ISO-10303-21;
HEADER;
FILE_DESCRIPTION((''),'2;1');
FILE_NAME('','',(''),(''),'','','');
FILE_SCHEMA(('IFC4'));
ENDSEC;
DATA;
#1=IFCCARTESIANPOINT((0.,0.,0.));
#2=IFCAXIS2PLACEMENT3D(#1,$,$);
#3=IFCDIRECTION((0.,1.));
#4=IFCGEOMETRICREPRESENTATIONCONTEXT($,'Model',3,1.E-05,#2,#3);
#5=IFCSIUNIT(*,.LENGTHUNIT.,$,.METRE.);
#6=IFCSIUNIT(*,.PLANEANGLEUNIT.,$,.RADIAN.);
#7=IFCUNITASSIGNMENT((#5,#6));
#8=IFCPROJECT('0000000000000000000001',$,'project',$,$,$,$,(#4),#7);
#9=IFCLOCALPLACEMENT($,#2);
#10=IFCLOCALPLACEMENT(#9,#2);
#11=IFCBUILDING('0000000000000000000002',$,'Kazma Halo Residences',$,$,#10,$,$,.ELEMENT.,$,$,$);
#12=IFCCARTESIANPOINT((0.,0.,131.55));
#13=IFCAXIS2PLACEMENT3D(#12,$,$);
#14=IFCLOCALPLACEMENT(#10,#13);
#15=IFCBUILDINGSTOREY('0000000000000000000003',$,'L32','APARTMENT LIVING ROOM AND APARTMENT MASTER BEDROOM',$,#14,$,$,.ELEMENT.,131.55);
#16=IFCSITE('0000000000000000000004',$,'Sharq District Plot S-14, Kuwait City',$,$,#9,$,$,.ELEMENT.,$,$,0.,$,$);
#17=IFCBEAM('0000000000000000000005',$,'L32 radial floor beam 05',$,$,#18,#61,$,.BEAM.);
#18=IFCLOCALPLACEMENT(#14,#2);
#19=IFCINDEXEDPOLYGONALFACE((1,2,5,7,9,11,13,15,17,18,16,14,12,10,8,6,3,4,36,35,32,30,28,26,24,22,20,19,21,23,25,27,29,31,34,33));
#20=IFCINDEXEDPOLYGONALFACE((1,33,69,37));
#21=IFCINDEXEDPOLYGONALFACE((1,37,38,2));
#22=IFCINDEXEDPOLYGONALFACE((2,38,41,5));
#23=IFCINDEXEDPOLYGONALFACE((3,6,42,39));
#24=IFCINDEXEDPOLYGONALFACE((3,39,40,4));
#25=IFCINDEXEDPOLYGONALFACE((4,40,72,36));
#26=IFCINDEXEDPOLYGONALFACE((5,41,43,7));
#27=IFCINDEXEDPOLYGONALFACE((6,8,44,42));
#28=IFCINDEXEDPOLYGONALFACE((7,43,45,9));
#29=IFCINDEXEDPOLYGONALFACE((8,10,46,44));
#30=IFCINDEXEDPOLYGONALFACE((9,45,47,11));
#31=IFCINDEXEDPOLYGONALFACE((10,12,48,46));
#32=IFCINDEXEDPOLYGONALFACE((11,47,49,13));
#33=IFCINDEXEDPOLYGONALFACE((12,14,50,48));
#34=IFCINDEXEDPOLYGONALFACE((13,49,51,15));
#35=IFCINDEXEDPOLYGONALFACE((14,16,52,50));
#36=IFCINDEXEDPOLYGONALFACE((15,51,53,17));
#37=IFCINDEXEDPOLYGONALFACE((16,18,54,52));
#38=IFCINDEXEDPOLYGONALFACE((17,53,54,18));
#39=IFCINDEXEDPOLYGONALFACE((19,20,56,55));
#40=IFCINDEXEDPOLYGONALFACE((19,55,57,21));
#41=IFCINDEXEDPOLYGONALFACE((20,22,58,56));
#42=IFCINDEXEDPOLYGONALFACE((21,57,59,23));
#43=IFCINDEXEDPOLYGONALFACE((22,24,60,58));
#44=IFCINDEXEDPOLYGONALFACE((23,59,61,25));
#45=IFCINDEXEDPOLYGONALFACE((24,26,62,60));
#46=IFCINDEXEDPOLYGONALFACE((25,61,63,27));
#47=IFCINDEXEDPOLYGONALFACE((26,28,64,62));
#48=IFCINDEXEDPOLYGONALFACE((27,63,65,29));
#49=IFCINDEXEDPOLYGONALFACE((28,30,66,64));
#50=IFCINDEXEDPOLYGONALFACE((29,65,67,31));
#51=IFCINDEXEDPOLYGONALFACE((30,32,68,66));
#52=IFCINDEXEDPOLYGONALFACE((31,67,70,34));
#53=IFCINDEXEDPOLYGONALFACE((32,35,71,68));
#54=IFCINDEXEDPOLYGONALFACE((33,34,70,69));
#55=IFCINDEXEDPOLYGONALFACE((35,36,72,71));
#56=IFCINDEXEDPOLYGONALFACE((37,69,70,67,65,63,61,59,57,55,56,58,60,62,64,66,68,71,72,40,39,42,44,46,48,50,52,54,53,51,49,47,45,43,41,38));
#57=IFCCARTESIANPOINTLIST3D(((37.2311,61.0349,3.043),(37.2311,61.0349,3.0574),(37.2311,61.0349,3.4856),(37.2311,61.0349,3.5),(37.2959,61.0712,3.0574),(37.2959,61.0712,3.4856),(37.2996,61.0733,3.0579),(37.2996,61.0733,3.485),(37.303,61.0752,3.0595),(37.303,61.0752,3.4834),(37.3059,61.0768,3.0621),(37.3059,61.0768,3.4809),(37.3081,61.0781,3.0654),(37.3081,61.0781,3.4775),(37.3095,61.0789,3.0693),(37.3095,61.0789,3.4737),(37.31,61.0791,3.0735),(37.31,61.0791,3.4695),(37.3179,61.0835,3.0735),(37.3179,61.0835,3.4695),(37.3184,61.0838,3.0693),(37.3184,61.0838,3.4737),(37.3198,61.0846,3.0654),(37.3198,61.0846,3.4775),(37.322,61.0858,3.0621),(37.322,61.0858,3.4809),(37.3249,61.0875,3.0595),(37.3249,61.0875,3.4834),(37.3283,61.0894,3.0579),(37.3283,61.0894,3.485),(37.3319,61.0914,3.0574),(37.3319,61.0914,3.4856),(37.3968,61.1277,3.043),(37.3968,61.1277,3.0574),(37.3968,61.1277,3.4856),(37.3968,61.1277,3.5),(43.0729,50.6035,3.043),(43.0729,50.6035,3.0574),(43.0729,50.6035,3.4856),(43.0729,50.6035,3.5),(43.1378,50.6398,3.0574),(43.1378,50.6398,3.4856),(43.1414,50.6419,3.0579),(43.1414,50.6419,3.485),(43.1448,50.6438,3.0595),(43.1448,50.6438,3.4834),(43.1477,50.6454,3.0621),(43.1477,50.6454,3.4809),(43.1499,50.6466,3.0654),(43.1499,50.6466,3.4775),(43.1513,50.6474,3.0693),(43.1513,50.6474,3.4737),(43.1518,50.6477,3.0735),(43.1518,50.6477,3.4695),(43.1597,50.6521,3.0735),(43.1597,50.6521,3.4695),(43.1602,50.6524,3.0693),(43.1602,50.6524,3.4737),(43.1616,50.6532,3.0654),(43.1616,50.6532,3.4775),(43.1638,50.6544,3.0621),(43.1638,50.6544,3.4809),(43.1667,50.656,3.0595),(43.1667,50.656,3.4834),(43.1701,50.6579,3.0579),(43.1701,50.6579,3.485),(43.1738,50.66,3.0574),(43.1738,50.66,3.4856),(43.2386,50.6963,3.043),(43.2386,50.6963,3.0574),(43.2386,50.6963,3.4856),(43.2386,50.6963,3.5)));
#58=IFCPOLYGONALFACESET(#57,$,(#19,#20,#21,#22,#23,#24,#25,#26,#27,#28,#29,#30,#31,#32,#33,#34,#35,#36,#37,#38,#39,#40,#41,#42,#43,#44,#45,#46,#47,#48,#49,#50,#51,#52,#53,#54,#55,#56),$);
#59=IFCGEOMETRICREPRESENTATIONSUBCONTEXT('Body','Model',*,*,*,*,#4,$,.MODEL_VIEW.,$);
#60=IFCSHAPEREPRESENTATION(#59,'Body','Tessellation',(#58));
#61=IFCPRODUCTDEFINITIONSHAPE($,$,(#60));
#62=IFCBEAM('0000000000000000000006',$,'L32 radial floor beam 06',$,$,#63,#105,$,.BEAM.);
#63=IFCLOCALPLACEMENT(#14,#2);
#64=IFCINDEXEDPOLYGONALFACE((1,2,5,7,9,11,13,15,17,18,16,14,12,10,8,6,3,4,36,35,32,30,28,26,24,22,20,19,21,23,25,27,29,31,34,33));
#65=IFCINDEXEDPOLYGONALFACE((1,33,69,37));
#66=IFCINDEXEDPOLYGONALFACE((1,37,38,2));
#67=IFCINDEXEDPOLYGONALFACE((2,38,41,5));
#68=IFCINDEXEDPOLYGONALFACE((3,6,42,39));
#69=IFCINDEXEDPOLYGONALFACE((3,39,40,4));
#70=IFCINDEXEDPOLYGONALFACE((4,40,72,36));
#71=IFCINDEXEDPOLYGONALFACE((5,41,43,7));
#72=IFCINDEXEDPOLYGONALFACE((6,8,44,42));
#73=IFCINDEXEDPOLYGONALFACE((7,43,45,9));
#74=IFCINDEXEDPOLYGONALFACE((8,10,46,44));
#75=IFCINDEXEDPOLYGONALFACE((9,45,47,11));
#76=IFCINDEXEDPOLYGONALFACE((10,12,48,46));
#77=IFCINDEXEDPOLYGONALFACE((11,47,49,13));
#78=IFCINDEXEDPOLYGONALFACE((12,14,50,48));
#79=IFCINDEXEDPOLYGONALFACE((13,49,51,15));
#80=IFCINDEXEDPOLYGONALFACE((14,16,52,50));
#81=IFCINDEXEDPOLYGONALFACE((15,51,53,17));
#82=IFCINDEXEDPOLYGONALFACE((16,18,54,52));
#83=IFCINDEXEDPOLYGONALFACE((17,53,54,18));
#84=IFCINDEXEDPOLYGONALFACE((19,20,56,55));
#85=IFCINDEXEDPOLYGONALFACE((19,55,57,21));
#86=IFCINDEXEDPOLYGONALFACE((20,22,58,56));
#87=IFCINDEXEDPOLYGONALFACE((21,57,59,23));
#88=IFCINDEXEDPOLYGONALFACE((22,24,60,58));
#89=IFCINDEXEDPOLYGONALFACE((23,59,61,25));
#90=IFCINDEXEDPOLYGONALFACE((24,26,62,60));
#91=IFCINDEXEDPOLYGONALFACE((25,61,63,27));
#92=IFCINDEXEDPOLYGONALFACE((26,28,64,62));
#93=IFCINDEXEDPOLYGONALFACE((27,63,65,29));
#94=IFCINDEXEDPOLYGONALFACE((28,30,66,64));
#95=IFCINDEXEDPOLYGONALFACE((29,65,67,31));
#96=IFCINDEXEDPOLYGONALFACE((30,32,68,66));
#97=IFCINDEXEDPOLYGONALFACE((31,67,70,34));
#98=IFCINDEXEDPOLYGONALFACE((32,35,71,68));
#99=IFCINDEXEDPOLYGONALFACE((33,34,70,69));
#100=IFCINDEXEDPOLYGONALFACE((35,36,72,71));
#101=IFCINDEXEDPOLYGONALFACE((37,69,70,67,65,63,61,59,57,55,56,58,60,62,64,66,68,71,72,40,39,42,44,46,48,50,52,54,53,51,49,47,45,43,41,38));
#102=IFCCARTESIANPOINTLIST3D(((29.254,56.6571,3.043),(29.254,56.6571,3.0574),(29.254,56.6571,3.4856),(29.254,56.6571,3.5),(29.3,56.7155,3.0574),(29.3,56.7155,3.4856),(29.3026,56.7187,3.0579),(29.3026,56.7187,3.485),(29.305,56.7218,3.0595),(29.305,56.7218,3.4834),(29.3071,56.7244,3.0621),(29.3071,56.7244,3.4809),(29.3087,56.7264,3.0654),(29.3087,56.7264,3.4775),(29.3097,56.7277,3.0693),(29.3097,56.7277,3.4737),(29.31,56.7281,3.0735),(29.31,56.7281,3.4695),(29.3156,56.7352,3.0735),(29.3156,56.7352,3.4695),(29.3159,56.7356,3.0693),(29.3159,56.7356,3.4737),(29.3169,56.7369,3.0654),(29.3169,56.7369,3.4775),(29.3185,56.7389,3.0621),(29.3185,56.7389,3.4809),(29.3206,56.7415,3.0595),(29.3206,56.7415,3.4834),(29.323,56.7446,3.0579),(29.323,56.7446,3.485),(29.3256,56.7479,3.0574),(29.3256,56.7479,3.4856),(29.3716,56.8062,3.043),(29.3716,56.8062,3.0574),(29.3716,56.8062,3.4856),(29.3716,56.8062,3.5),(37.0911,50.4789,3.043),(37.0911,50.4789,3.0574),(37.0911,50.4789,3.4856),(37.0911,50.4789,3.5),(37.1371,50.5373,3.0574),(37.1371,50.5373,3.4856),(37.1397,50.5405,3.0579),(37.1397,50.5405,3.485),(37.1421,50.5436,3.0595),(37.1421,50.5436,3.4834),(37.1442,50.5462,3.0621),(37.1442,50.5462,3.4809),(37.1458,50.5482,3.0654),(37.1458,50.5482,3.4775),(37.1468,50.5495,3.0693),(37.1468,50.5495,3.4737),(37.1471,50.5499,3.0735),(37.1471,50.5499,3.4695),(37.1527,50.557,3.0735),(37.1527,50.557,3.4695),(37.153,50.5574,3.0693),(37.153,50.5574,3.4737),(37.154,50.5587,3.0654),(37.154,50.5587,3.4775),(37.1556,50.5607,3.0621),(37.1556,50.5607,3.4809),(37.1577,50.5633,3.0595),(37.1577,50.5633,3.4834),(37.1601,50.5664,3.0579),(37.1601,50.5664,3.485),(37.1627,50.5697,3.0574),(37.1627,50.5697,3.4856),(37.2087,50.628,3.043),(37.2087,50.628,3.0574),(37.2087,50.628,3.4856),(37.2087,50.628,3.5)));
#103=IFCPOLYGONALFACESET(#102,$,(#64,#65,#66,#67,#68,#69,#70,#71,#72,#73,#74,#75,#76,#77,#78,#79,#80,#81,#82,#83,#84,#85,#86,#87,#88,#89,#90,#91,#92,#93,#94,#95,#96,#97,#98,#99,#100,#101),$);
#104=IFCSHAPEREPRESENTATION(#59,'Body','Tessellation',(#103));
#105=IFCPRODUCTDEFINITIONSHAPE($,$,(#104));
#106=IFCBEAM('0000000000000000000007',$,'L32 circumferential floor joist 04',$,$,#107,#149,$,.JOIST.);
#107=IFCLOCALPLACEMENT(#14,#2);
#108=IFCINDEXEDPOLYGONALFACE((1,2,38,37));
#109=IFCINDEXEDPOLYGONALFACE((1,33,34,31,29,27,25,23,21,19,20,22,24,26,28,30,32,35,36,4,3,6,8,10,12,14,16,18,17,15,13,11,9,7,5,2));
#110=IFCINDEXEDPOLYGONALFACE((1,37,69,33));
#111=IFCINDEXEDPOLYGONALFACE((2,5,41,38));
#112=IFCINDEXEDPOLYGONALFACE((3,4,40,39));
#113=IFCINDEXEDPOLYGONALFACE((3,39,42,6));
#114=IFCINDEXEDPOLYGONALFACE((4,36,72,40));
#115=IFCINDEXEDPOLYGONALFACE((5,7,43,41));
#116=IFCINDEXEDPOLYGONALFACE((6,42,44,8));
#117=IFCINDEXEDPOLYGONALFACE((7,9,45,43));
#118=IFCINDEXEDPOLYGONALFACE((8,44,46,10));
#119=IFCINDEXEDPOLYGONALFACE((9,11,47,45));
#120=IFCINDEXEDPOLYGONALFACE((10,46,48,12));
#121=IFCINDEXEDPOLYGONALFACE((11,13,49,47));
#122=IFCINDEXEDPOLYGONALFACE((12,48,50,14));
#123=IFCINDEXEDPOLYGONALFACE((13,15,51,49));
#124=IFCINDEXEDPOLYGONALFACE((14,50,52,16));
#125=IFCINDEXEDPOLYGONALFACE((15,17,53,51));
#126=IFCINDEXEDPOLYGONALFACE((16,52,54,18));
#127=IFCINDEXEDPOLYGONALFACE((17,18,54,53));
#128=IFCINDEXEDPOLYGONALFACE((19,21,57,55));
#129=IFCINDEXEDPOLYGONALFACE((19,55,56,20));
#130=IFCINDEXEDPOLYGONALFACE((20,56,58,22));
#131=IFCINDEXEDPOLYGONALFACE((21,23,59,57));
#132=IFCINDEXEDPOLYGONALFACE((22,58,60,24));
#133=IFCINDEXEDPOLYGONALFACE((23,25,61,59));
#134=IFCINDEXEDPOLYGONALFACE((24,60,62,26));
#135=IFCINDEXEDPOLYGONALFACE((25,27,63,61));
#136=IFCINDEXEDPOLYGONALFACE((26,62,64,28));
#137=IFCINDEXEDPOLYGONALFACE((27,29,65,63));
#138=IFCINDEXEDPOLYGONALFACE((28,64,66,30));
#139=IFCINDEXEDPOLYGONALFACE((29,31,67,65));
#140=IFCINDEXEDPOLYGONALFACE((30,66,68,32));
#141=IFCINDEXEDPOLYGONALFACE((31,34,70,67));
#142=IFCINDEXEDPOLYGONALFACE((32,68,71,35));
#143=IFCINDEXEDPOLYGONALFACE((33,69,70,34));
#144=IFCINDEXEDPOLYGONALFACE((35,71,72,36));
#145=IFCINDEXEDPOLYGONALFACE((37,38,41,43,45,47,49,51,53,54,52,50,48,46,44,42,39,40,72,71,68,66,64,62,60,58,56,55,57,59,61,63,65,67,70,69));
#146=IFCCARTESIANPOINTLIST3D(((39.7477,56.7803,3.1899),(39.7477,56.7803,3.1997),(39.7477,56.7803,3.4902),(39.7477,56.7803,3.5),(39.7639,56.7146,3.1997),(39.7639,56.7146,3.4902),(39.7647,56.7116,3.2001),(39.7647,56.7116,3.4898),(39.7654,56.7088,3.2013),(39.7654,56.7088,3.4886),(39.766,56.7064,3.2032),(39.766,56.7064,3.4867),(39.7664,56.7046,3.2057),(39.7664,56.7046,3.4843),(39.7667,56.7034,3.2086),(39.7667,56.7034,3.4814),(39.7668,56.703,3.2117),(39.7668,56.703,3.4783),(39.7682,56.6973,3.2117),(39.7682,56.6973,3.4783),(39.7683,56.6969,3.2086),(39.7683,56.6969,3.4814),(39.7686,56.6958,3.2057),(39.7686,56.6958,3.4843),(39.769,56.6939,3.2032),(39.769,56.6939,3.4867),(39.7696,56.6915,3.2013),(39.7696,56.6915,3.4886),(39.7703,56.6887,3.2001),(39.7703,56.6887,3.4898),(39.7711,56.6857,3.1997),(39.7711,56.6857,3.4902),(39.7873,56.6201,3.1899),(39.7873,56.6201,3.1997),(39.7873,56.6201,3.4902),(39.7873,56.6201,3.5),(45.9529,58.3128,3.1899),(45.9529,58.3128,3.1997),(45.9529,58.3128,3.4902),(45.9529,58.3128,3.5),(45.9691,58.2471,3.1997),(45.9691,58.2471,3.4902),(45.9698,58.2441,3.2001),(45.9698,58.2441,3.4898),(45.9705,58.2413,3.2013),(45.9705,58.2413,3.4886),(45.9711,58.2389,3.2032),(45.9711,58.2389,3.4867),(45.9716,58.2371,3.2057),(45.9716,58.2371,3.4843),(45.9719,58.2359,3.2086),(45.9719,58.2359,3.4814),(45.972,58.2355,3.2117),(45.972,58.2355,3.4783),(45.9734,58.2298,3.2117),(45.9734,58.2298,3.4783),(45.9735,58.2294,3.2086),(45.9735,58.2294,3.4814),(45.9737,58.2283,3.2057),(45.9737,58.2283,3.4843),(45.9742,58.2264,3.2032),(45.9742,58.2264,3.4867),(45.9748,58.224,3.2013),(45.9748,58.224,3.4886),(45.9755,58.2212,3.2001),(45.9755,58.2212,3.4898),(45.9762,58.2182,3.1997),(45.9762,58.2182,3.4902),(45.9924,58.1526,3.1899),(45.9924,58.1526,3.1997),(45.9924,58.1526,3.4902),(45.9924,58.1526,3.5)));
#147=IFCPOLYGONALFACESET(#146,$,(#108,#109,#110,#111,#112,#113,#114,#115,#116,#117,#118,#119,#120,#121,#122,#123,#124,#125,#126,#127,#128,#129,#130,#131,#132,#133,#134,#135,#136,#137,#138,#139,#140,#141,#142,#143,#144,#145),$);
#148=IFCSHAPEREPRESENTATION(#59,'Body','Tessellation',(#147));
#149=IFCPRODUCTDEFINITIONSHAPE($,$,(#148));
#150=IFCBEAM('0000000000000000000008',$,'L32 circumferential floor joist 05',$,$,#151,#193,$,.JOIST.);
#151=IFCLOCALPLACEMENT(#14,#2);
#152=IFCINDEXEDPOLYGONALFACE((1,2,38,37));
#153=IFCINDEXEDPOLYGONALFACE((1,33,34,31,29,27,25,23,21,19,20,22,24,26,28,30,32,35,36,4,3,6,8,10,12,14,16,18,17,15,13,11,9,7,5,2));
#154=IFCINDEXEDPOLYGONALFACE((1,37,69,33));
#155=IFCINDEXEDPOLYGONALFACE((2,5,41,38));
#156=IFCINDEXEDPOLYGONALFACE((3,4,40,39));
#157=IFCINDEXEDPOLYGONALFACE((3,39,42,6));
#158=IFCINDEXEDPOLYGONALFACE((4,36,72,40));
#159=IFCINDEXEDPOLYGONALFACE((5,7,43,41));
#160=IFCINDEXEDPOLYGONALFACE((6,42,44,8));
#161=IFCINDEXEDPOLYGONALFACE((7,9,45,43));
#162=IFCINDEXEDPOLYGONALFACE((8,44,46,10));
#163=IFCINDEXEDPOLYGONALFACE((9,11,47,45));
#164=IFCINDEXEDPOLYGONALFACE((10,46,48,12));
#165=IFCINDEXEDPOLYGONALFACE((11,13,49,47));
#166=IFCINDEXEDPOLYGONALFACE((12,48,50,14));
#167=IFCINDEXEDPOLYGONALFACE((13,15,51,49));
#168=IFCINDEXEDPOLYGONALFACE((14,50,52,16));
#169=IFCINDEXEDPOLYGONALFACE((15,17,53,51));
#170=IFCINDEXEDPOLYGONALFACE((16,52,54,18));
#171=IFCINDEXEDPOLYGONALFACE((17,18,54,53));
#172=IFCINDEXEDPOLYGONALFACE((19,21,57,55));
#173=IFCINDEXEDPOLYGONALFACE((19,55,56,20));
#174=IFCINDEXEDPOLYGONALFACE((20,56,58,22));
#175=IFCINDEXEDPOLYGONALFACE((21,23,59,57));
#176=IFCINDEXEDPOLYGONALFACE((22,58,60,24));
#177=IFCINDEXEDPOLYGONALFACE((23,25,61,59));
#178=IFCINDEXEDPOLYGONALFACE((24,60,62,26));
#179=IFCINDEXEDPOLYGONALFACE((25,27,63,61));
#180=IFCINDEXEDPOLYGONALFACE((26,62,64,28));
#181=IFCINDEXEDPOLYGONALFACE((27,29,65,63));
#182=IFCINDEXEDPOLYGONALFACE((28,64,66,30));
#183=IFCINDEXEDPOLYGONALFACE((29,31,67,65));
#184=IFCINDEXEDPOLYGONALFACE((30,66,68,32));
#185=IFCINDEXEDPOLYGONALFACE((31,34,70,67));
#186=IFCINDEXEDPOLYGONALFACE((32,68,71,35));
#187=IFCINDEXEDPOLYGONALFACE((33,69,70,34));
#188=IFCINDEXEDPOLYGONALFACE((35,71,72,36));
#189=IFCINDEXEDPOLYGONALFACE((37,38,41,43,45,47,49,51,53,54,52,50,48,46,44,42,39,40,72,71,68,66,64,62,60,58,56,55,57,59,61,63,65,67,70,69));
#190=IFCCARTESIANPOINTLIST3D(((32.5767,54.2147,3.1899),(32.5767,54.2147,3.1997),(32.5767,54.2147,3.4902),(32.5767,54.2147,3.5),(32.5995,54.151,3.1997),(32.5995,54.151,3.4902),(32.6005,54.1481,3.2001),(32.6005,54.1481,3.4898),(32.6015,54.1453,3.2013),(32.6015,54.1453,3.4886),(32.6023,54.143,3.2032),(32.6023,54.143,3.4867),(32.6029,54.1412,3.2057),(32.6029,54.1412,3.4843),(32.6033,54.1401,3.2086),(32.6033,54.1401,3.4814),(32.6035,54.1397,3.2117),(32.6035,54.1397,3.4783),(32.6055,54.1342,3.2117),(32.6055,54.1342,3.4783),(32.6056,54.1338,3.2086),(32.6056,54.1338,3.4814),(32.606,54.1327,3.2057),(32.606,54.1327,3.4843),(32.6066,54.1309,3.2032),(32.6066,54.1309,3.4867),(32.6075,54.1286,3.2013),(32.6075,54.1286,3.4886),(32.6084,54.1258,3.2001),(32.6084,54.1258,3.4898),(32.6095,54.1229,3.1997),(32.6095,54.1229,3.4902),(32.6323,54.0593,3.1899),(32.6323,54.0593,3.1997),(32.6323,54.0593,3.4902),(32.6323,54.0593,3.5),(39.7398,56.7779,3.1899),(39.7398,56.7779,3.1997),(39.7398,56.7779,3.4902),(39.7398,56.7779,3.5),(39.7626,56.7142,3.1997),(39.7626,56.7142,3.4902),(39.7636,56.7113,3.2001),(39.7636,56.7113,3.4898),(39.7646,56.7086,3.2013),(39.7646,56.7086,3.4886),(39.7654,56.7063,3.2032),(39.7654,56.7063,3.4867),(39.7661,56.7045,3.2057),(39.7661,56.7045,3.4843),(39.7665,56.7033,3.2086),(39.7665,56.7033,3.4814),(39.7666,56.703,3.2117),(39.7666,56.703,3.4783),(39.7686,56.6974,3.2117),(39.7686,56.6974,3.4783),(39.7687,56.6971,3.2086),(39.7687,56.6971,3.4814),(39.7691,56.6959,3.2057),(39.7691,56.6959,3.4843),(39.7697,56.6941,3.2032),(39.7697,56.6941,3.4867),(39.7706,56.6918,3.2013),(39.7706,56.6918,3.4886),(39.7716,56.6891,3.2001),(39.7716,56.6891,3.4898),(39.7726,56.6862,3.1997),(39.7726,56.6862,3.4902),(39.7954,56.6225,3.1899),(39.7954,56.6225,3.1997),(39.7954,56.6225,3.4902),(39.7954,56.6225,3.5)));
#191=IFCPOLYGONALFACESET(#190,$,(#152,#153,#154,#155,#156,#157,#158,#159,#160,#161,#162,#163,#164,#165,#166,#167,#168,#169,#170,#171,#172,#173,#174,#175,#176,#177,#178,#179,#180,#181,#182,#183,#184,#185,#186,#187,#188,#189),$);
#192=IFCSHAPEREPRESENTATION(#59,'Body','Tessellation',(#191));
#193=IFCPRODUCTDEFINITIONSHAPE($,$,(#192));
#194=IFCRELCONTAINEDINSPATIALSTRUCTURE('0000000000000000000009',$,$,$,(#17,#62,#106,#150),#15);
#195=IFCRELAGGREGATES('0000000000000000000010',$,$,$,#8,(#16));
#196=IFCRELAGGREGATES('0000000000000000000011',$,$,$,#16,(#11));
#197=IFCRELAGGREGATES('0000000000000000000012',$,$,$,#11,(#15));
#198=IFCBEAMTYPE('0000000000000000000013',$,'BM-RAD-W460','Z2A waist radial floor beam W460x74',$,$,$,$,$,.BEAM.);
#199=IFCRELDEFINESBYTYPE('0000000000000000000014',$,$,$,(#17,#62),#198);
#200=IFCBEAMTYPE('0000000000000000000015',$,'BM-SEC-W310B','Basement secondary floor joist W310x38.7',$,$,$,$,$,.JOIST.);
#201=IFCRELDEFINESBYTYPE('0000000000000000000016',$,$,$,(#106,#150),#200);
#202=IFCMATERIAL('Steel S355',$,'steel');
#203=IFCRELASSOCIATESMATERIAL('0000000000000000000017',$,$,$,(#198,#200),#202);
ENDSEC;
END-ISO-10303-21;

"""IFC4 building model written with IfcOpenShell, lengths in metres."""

from ifc_helpers import new_model, si_unit, direction, frame, origin, origin_2d, place, context, subcontext, project, spatial, i_section, extrude, material, material_profile, profile_set, type_object, element, save


model = new_model("IFC4")

# Units and contexts
model_context = context("Model", 3, precision=1e-05, world=origin(), true_north=direction((0.0, 1.0)))
body_context = subcontext(model_context, "Body", "Model", "MODEL_VIEW")
ifc_project = project(units=[si_unit("LENGTHUNIT", "METRE"), si_unit("PLANEANGLEUNIT", "RADIAN")], contexts=[model_context])

# Site, building, storey
site_placement = place(None, origin())
site = spatial("IfcSite", under=ifc_project, at=site_placement, Name="Sharq District Plot S-14, Kuwait City", CompositionType="ELEMENT", RefElevation=0.0)
building_placement = place(site_placement, origin())
building = spatial("IfcBuilding", under=site, at=building_placement, Name="Kazma Halo Residences", CompositionType="ELEMENT")
storey_placement = place(building_placement, frame((0.0, 0.0, 131.55)))
storey = spatial("IfcBuildingStorey", under=building, at=storey_placement, Name="L32", Description="APARTMENT LIVING ROOM AND APARTMENT MASTER BEDROOM", CompositionType="ELEMENT", Elevation=131.55)

# Beams
ifc_material_1 = material(Name="Steel S355", Category="steel")
ifc_material_profile_1 = material_profile(ifc_material_1, i_section(OverallWidth=0.1899, OverallDepth=0.457, WebThickness=0.009, FlangeThickness=0.0144, FilletRadius=0.0161, at=origin_2d()), Name="W460x74")
ifc_profile_set_1 = profile_set([ifc_material_profile_1], Name="Steel S355")
beam_type_1 = type_object("IfcBeamType", Name="BM-RAD-W460", Description="Z2A waist radial floor beam W460x74", PredefinedType="BEAM", material=ifc_profile_set_1)
beam_1_placement = place(storey_placement, frame((43.1558, 50.6499, 3.2715), z_axis=(-0.488617, 0.872498, 0.0), x_axis=(-0.872498, -0.488617, 0.0)))
element("IfcBeam", 1, at=beam_1_placement, inside=storey, type_object=beam_type_1, Name="L32 radial floor beam 05", PredefinedType="BEAM", context=body_context, shape_type="SweptSolid", body=[
    extrude(i_section(OverallWidth=0.1899, OverallDepth=0.457, WebThickness=0.009, FlangeThickness=0.0144, FilletRadius=0.0161, at=origin_2d()), origin(), (0.0, 0.0, 1.0), 11.9558),
])
beam_2_placement = place(storey_placement, frame((37.1499, 50.5535, 3.2715), z_axis=(-0.785322, 0.619088, 0.0), x_axis=(-0.619088, -0.785322, 0.0)))
element("IfcBeam", 2, at=beam_2_placement, inside=storey, type_object=beam_type_1, Name="L32 radial floor beam 06", PredefinedType="BEAM", context=body_context, shape_type="SweptSolid", body=[
    extrude(i_section(OverallWidth=0.1899, OverallDepth=0.457, WebThickness=0.009, FlangeThickness=0.0144, FilletRadius=0.0161, at=origin_2d()), origin(), (0.0, 0.0, 1.0), 9.9795),
])
ifc_material_profile_2 = material_profile(ifc_material_1, i_section(OverallWidth=0.165, OverallDepth=0.3101, WebThickness=0.0059, FlangeThickness=0.0098, FilletRadius=0.012, at=origin_2d()), Name="W310x38.7")
ifc_profile_set_2 = profile_set([ifc_material_profile_2], Name="Steel S355")
beam_type_2 = type_object("IfcBeamType", Name="BM-SEC-W310B", Description="Basement secondary floor joist W310x38.7", PredefinedType="JOIST", material=ifc_profile_set_2)
beam_3_placement = place(storey_placement, frame((45.9727, 58.2327, 3.345), z_axis=(-0.970831, -0.239766, 0.0), x_axis=(0.239766, -0.970831, 0.0)))
element("IfcBeam", 3, at=beam_3_placement, inside=storey, type_object=beam_type_2, Name="L32 circumferential floor joist 04", PredefinedType="JOIST", context=body_context, shape_type="SweptSolid", body=[
    extrude(i_section(OverallWidth=0.165, OverallDepth=0.3101, WebThickness=0.0059, FlangeThickness=0.0098, FilletRadius=0.012, at=origin_2d()), origin(), (0.0, 0.0, 1.0), 6.3916),
])
beam_4_placement = place(storey_placement, frame((39.7676, 56.7002, 3.345), z_axis=(-0.941534, -0.336918, 0.0), x_axis=(0.336918, -0.941534, 0.0)))
element("IfcBeam", 4, at=beam_4_placement, inside=storey, type_object=beam_type_2, Name="L32 circumferential floor joist 05", PredefinedType="JOIST", context=body_context, shape_type="SweptSolid", body=[
    extrude(i_section(OverallWidth=0.165, OverallDepth=0.3101, WebThickness=0.0059, FlangeThickness=0.0098, FilletRadius=0.012, at=origin_2d()), origin(), (0.0, 0.0, 1.0), 7.6079),
])

save(model, "model.ifc")
